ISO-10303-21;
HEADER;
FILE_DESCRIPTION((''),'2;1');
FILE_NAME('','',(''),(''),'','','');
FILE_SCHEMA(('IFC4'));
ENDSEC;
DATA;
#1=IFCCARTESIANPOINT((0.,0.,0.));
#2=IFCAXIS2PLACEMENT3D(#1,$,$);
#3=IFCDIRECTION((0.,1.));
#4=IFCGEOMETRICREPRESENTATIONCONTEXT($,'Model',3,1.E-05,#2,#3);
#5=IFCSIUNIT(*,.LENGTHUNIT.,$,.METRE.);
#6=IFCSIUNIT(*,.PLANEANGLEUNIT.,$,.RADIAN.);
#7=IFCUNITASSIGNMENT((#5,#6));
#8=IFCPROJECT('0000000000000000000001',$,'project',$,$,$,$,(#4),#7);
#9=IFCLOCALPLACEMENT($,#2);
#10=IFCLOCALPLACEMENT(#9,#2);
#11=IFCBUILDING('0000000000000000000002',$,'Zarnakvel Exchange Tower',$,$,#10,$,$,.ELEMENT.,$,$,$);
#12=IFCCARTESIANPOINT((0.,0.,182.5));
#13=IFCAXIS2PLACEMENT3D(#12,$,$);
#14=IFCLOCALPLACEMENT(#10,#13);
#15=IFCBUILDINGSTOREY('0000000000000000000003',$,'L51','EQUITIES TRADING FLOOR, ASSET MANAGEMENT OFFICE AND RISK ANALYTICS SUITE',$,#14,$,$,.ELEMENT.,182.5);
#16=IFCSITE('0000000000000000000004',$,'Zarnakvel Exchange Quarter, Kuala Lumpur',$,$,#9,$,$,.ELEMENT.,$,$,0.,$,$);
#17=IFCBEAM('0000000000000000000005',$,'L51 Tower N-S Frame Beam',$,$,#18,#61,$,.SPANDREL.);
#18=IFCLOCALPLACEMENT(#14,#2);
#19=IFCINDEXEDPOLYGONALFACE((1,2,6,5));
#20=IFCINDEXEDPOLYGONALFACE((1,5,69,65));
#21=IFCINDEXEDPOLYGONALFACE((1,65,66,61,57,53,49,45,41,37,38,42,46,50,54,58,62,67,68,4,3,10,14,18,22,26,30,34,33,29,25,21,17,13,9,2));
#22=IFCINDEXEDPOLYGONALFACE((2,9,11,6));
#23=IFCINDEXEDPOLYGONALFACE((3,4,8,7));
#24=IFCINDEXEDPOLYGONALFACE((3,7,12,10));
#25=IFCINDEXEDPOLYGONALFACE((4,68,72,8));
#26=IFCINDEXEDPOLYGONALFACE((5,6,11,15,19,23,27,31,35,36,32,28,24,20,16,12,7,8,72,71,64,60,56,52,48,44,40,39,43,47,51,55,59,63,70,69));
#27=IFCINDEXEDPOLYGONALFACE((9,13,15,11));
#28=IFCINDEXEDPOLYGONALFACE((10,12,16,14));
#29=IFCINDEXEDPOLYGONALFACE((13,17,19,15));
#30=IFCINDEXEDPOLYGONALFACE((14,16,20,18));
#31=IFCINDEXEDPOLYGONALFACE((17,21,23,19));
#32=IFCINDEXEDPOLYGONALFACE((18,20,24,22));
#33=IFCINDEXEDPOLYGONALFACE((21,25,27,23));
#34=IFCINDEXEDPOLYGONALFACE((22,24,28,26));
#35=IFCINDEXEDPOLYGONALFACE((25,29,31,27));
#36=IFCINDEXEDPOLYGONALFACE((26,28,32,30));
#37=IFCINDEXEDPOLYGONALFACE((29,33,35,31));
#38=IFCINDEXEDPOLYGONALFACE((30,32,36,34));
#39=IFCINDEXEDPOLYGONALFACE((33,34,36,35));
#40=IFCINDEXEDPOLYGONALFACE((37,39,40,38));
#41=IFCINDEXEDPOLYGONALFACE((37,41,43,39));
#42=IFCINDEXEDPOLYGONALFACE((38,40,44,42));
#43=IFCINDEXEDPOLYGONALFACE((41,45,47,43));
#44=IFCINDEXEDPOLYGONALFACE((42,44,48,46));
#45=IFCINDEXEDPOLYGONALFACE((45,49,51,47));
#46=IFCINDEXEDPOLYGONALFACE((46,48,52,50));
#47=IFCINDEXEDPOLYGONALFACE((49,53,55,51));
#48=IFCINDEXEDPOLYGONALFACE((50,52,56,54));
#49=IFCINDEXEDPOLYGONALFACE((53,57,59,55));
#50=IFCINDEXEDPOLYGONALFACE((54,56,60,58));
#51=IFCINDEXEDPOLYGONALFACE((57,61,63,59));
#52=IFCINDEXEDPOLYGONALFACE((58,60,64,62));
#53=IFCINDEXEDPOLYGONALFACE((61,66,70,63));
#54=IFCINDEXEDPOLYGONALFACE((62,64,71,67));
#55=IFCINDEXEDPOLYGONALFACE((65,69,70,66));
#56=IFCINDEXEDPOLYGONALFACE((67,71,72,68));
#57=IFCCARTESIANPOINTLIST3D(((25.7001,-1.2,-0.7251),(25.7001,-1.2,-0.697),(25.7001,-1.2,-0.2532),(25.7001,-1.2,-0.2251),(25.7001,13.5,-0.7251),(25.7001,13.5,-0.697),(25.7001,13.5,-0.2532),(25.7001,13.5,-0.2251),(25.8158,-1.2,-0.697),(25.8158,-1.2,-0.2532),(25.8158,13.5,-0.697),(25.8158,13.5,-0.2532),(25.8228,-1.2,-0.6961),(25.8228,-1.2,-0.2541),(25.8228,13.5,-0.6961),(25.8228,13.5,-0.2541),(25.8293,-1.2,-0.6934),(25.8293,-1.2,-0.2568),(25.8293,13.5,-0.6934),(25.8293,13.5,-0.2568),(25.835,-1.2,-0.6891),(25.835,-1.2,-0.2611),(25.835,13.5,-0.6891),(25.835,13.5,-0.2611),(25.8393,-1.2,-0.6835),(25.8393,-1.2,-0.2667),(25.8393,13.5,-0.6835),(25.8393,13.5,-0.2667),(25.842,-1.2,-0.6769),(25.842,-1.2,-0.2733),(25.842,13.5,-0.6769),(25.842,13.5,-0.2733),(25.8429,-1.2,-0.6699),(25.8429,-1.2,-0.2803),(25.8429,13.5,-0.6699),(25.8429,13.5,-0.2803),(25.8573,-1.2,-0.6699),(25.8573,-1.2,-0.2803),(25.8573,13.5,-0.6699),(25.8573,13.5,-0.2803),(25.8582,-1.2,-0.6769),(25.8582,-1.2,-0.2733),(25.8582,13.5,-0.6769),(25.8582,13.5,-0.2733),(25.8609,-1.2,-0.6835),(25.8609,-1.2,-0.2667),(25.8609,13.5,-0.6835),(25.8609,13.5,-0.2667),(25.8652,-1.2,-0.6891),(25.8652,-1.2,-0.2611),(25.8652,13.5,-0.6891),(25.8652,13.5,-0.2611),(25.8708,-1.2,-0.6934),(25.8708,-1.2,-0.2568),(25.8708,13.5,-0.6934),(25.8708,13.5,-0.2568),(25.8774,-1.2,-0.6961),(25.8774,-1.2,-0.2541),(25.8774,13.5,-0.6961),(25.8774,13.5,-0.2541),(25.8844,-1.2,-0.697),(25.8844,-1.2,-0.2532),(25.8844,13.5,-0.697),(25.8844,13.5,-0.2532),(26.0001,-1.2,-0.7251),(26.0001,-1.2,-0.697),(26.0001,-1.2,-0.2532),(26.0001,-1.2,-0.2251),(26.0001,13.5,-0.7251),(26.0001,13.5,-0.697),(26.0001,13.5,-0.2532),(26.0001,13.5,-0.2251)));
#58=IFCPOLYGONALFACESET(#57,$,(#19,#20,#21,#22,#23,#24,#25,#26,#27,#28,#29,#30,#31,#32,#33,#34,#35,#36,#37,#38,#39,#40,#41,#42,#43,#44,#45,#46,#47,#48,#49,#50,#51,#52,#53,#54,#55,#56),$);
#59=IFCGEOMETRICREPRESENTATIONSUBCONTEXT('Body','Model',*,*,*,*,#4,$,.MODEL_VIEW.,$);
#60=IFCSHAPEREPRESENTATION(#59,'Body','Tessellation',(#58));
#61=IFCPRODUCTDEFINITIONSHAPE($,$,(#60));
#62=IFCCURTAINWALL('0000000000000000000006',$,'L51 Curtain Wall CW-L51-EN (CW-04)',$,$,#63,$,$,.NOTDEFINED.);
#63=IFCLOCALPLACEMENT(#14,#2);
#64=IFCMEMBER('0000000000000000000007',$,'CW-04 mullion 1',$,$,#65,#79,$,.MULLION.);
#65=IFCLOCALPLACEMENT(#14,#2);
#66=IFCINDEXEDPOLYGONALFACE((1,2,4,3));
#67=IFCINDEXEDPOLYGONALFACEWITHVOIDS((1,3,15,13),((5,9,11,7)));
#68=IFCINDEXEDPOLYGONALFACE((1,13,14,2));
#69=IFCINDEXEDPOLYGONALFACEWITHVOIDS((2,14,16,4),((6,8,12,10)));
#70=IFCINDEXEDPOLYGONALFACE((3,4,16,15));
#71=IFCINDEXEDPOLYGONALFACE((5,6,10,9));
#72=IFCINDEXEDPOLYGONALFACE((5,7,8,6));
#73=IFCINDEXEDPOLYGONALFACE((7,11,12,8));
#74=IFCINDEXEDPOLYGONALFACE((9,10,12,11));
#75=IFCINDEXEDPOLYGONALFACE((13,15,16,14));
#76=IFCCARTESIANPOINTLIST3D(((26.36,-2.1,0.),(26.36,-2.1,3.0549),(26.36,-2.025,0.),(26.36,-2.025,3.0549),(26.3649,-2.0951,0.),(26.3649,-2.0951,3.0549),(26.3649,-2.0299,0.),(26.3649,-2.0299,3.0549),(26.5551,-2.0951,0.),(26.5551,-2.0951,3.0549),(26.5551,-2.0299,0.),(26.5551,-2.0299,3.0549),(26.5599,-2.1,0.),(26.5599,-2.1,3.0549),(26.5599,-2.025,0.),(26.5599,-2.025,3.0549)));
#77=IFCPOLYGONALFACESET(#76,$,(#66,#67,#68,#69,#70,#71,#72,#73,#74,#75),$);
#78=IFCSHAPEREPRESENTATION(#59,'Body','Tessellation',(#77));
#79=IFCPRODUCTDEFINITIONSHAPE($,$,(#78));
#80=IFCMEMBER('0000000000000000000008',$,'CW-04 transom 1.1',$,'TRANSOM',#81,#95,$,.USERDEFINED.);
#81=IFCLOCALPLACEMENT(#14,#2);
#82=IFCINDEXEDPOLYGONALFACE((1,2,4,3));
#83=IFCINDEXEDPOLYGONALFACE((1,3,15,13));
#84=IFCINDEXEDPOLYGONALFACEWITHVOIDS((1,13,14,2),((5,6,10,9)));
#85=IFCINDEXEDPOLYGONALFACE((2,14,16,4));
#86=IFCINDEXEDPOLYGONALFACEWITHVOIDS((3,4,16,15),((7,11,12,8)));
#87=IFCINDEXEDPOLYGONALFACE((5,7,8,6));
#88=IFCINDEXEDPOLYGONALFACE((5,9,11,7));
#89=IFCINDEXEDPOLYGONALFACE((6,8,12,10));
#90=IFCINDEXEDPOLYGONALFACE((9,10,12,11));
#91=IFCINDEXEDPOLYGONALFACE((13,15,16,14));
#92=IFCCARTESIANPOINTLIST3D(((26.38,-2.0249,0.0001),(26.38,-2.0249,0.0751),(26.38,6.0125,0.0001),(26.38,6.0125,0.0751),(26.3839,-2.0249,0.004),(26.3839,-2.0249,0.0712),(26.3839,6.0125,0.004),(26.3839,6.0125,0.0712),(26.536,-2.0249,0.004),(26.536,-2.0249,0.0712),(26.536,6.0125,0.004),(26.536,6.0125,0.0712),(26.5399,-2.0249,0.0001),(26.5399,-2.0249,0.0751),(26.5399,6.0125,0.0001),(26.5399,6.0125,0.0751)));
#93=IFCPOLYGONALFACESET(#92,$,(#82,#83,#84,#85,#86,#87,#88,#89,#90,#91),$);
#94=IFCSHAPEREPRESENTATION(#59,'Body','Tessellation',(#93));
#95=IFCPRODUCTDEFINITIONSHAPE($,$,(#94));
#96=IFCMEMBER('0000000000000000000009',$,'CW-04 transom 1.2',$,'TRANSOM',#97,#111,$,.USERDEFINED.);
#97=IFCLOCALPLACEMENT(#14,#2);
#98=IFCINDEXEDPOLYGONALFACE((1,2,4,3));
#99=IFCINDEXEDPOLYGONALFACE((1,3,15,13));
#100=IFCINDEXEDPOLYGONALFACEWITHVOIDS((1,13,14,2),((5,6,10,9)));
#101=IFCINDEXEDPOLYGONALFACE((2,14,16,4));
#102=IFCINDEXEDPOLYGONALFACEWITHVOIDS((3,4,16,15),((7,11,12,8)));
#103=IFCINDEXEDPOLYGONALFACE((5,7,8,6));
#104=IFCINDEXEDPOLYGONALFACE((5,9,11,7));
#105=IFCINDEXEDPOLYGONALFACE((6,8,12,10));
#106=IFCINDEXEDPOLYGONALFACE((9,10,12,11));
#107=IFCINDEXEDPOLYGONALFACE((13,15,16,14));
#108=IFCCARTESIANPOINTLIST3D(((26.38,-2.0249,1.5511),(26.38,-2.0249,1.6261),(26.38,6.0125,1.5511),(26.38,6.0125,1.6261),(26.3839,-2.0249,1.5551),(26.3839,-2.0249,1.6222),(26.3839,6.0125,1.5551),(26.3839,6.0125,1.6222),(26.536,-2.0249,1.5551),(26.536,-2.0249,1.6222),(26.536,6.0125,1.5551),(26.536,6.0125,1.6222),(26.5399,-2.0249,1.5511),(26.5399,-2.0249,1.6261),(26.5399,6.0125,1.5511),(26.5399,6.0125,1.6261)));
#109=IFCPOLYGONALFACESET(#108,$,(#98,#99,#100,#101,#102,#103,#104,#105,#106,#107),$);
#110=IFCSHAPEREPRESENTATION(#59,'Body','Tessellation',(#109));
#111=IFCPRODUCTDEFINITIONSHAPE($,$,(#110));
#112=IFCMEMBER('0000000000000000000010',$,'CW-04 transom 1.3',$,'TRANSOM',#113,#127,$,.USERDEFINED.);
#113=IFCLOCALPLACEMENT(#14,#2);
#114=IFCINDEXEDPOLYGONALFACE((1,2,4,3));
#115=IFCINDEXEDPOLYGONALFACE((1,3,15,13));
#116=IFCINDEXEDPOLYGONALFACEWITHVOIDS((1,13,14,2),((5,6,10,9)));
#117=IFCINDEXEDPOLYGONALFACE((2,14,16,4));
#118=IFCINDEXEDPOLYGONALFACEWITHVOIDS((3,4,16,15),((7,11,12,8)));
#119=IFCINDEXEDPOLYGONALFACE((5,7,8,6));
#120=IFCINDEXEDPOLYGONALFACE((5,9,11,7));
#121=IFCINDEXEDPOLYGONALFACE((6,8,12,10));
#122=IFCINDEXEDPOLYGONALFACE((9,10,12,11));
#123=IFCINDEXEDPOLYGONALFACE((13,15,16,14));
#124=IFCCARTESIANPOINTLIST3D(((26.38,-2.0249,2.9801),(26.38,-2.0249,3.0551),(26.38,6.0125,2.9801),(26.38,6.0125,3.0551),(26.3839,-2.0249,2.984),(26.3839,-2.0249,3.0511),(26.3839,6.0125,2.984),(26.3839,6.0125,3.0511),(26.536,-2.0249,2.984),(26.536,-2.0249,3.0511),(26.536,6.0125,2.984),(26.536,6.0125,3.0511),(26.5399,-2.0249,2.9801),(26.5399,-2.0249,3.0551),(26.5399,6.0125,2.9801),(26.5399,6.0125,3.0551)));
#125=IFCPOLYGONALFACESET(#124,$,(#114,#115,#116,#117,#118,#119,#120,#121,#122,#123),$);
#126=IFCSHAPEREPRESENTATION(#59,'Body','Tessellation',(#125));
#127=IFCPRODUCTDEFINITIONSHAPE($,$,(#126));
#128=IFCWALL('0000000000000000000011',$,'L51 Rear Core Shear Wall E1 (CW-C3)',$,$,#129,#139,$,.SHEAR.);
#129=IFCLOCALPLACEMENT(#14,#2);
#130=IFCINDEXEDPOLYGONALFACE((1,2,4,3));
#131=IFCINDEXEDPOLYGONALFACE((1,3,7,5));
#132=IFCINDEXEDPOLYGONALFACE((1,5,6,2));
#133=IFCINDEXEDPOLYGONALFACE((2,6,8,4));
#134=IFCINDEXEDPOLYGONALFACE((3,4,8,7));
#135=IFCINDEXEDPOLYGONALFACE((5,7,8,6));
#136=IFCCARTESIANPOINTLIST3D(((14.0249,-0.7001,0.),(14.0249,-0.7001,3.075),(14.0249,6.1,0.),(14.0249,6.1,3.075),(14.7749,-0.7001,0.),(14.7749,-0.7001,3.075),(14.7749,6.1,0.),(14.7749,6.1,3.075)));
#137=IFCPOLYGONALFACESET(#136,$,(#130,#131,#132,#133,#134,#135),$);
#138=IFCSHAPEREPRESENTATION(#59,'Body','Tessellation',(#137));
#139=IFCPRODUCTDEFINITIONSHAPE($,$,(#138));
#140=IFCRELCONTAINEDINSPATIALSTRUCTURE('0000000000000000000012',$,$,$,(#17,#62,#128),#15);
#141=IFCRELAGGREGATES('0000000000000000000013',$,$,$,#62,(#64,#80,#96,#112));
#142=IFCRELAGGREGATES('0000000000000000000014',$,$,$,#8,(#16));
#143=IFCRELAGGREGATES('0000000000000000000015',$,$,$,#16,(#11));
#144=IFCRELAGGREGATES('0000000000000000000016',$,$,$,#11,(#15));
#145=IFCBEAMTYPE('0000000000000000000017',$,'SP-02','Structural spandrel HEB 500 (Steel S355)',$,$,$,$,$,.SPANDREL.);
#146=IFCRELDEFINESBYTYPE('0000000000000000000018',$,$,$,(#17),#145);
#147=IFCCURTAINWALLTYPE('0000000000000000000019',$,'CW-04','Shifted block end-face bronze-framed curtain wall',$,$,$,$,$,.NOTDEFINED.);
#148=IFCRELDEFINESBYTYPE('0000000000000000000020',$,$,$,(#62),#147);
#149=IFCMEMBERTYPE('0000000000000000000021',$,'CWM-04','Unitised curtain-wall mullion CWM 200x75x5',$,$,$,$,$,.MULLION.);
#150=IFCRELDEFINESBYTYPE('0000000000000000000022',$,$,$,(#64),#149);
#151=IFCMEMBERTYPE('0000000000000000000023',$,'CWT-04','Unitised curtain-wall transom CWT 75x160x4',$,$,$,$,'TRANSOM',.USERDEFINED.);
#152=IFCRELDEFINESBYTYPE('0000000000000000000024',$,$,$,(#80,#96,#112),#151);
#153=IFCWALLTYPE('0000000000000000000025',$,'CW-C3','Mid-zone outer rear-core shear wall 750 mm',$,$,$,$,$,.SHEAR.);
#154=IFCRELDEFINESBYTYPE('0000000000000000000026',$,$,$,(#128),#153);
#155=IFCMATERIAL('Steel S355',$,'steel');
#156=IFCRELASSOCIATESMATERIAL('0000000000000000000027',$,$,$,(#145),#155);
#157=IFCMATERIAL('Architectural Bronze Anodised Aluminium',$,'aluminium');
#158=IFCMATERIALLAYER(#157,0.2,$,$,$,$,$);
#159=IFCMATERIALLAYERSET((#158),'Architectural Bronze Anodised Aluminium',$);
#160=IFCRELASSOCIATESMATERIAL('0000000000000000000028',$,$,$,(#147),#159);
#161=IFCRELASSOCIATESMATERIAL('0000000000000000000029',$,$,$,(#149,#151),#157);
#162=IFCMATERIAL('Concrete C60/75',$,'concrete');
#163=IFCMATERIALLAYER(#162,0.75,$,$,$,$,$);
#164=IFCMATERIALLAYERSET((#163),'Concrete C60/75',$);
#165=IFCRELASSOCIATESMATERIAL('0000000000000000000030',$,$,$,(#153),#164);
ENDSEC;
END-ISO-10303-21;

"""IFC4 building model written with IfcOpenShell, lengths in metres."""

from ifc_helpers import new_model, si_unit, direction, frame, frame_2d, origin, origin_2d, place, context, subcontext, project, spatial, rectangle, hollow_rectangle, i_section, extrude, source, transform, mapped, material, layer, layer_set, material_profile, profile_set, type_object, element, aggregate, save


model = new_model("IFC4")

# Units and contexts
model_context = context("Model", 3, precision=1e-05, world=origin(), true_north=direction((0.0, 1.0)))
body_context = subcontext(model_context, "Body", "Model", "MODEL_VIEW")
ifc_project = project(units=[si_unit("LENGTHUNIT", "METRE"), si_unit("PLANEANGLEUNIT", "RADIAN")], contexts=[model_context])

# Site, building, storey
site_placement = place(None, origin())
site = spatial("IfcSite", under=ifc_project, at=site_placement, Name="Zarnakvel Exchange Quarter, Kuala Lumpur", CompositionType="ELEMENT", RefElevation=0.0)
building_placement = place(site_placement, origin())
building = spatial("IfcBuilding", under=site, at=building_placement, Name="Zarnakvel Exchange Tower", CompositionType="ELEMENT")
storey_placement = place(building_placement, frame((0.0, 0.0, 182.5)))
storey = spatial("IfcBuildingStorey", under=building, at=storey_placement, Name="L51", Description="EQUITIES TRADING FLOOR, ASSET MANAGEMENT OFFICE AND RISK ANALYTICS SUITE", CompositionType="ELEMENT", Elevation=182.5)

# Shared definitions
ifc_material_1 = material(Name="Concrete C60/75", Category="concrete")
ifc_material_2 = material(Name="Steel S355", Category="steel")

# Beam
ifc_material_profile_1 = material_profile(ifc_material_2, i_section(OverallWidth=0.3, OverallDepth=0.5, WebThickness=0.0144, FlangeThickness=0.0281, FilletRadius=0.0271, at=origin_2d()))
ifc_profile_set_1 = profile_set([ifc_material_profile_1], Name="Steel S355")
beam_type_1 = type_object("IfcBeamType", Name="SP-02", Description="Structural spandrel HEB 500 (Steel S355)", PredefinedType="SPANDREL", material=ifc_profile_set_1)
beam_1_placement = place(storey_placement, frame((25.8501, -1.2, -0.4751), z_axis=(0.0, 1.0, 0.0), x_axis=(-1.0, 0.0, 0.0)))
element("IfcBeam", 1, at=beam_1_placement, inside=storey, type_object=beam_type_1, Name="L51 Tower N-S Frame Beam", PredefinedType="SPANDREL", context=body_context, shape_type="SweptSolid", body=[
    extrude(i_section(OverallWidth=0.3, OverallDepth=0.5, WebThickness=0.0144, FlangeThickness=0.0281, FilletRadius=0.0271, at=origin_2d()), origin(), (0.0, 0.0, 1.0), 14.7),
])

# Curtain wall, members
ifc_material_3 = material(Name="Architectural Bronze Anodised Aluminium", Category="aluminium")
ifc_layer_1 = layer(ifc_material_3, 0.2)
ifc_layer_set_1 = layer_set([ifc_layer_1], Name="Architectural Bronze Anodised Aluminium")
curtain_wall_type = type_object("IfcCurtainWallType", Name="CW-04", Description="Shifted block end-face bronze-framed curtain wall", PredefinedType="NOTDEFINED", material=ifc_layer_set_1)
curtain_wall_placement = place(storey_placement, origin())
curtain_wall = element("IfcCurtainWall", 2, at=curtain_wall_placement, inside=storey, type_object=curtain_wall_type, Name="L51 Curtain Wall CW-L51-EN (CW-04)", PredefinedType="NOTDEFINED")
ifc_material_profile_2 = material_profile(ifc_material_3, hollow_rectangle(XDim=0.2, YDim=0.075, WallThickness=0.0049, at=origin_2d()))
ifc_profile_set_2 = profile_set([ifc_material_profile_2], Name="Architectural Bronze Anodised Aluminium")
member_type_1 = type_object("IfcMemberType", Name="CWM-04", Description="Unitised curtain-wall mullion CWM 200x75x5", PredefinedType="MULLION", material=ifc_profile_set_2)
shared_shape_1 = source(origin(), body_context, "Body", "SweptSolid", [
    extrude(hollow_rectangle(XDim=0.2, YDim=0.075, WallThickness=0.0049, at=origin_2d()), origin(), (0.0, 0.0, 1.0), 3.0549),
])
member_1_placement = place(storey_placement, frame((26.46, -2.0625, 0.0), z_axis=(0.0, 0.0, 1.0), x_axis=(-1.0, 0.0, 0.0)))
member_1 = element("IfcMember", 3, at=member_1_placement, type_object=member_type_1, Name="CW-04 mullion 1", PredefinedType="MULLION", context=body_context, shape_type="MappedRepresentation", body=[
    mapped(shared_shape_1, transform((0.0, 0.0, 0.0), x_axis=(1.0, 0.0, 0.0), y_axis=(0.0, 1.0, 0.0), z_axis=(0.0, 0.0, 1.0), scale=1.0)),
])
ifc_material_profile_3 = material_profile(ifc_material_3, hollow_rectangle(XDim=0.1599, YDim=0.075, WallThickness=0.0039, at=origin_2d()))
ifc_profile_set_3 = profile_set([ifc_material_profile_3], Name="Architectural Bronze Anodised Aluminium")
member_type_2 = type_object("IfcMemberType", Name="CWT-04", Description="Unitised curtain-wall transom CWT 75x160x4", ElementType="TRANSOM", PredefinedType="USERDEFINED", material=ifc_profile_set_3)
shared_shape_2 = source(origin(), body_context, "Body", "SweptSolid", [
    extrude(hollow_rectangle(XDim=0.1599, YDim=0.075, WallThickness=0.0039, at=origin_2d()), origin(), (0.0, 0.0, 1.0), 8.0374),
])
member_2_placement = place(storey_placement, frame((26.46, -2.0249, 0.0376), z_axis=(0.0, 1.0, 0.0), x_axis=(-1.0, 0.0, 0.0)))
member_2 = element("IfcMember", 4, at=member_2_placement, type_object=member_type_2, Name="CW-04 transom 1.1", ObjectType="TRANSOM", PredefinedType="USERDEFINED", context=body_context, shape_type="MappedRepresentation", body=[
    mapped(shared_shape_2, transform((0.0, 0.0, 0.0), x_axis=(1.0, 0.0, 0.0), y_axis=(0.0, 1.0, 0.0), z_axis=(0.0, 0.0, 1.0), scale=1.0)),
])
member_3_placement = place(storey_placement, frame((26.46, -2.0249, 1.5886), z_axis=(0.0, 1.0, 0.0), x_axis=(-1.0, 0.0, 0.0)))
member_3 = element("IfcMember", 5, at=member_3_placement, type_object=member_type_2, Name="CW-04 transom 1.2", ObjectType="TRANSOM", PredefinedType="USERDEFINED", context=body_context, shape_type="MappedRepresentation", body=[
    mapped(shared_shape_2, transform((0.0, 0.0, 0.0), x_axis=(1.0, 0.0, 0.0), y_axis=(0.0, 1.0, 0.0), z_axis=(0.0, 0.0, 1.0), scale=1.0)),
])
member_4_placement = place(storey_placement, frame((26.46, -2.0249, 3.0176), z_axis=(0.0, 1.0, 0.0), x_axis=(-1.0, 0.0, 0.0)))
member_4 = element("IfcMember", 6, at=member_4_placement, type_object=member_type_2, Name="CW-04 transom 1.3", ObjectType="TRANSOM", PredefinedType="USERDEFINED", context=body_context, shape_type="MappedRepresentation", body=[
    mapped(shared_shape_2, transform((0.0, 0.0, 0.0), x_axis=(1.0, 0.0, 0.0), y_axis=(0.0, 1.0, 0.0), z_axis=(0.0, 0.0, 1.0), scale=1.0)),
])
aggregate(curtain_wall, [member_1, member_2, member_3, member_4])

# Wall
ifc_layer_2 = layer(ifc_material_1, 0.75)
ifc_layer_set_2 = layer_set([ifc_layer_2], Name="Concrete C60/75")
wall_type_1 = type_object("IfcWallType", Name="CW-C3", Description="Mid-zone outer rear-core shear wall 750 mm", PredefinedType="SHEAR", material=ifc_layer_set_2)
wall_1_placement = place(storey_placement, frame((14.3999, -0.7, 0.0), z_axis=(0.0, 0.0, 1.0), x_axis=(0.0, 1.0, 0.0)))
element("IfcWall", 7, at=wall_1_placement, inside=storey, type_object=wall_type_1, Name="L51 Rear Core Shear Wall E1 (CW-C3)", PredefinedType="SHEAR", context=body_context, shape_type="SweptSolid", body=[
    extrude(rectangle(XDim=6.8, YDim=0.75, at=frame_2d((3.3999, 0.0))), origin(), (0.0, 0.0, 1.0), 3.075),
])

save(model, "model.ifc")
